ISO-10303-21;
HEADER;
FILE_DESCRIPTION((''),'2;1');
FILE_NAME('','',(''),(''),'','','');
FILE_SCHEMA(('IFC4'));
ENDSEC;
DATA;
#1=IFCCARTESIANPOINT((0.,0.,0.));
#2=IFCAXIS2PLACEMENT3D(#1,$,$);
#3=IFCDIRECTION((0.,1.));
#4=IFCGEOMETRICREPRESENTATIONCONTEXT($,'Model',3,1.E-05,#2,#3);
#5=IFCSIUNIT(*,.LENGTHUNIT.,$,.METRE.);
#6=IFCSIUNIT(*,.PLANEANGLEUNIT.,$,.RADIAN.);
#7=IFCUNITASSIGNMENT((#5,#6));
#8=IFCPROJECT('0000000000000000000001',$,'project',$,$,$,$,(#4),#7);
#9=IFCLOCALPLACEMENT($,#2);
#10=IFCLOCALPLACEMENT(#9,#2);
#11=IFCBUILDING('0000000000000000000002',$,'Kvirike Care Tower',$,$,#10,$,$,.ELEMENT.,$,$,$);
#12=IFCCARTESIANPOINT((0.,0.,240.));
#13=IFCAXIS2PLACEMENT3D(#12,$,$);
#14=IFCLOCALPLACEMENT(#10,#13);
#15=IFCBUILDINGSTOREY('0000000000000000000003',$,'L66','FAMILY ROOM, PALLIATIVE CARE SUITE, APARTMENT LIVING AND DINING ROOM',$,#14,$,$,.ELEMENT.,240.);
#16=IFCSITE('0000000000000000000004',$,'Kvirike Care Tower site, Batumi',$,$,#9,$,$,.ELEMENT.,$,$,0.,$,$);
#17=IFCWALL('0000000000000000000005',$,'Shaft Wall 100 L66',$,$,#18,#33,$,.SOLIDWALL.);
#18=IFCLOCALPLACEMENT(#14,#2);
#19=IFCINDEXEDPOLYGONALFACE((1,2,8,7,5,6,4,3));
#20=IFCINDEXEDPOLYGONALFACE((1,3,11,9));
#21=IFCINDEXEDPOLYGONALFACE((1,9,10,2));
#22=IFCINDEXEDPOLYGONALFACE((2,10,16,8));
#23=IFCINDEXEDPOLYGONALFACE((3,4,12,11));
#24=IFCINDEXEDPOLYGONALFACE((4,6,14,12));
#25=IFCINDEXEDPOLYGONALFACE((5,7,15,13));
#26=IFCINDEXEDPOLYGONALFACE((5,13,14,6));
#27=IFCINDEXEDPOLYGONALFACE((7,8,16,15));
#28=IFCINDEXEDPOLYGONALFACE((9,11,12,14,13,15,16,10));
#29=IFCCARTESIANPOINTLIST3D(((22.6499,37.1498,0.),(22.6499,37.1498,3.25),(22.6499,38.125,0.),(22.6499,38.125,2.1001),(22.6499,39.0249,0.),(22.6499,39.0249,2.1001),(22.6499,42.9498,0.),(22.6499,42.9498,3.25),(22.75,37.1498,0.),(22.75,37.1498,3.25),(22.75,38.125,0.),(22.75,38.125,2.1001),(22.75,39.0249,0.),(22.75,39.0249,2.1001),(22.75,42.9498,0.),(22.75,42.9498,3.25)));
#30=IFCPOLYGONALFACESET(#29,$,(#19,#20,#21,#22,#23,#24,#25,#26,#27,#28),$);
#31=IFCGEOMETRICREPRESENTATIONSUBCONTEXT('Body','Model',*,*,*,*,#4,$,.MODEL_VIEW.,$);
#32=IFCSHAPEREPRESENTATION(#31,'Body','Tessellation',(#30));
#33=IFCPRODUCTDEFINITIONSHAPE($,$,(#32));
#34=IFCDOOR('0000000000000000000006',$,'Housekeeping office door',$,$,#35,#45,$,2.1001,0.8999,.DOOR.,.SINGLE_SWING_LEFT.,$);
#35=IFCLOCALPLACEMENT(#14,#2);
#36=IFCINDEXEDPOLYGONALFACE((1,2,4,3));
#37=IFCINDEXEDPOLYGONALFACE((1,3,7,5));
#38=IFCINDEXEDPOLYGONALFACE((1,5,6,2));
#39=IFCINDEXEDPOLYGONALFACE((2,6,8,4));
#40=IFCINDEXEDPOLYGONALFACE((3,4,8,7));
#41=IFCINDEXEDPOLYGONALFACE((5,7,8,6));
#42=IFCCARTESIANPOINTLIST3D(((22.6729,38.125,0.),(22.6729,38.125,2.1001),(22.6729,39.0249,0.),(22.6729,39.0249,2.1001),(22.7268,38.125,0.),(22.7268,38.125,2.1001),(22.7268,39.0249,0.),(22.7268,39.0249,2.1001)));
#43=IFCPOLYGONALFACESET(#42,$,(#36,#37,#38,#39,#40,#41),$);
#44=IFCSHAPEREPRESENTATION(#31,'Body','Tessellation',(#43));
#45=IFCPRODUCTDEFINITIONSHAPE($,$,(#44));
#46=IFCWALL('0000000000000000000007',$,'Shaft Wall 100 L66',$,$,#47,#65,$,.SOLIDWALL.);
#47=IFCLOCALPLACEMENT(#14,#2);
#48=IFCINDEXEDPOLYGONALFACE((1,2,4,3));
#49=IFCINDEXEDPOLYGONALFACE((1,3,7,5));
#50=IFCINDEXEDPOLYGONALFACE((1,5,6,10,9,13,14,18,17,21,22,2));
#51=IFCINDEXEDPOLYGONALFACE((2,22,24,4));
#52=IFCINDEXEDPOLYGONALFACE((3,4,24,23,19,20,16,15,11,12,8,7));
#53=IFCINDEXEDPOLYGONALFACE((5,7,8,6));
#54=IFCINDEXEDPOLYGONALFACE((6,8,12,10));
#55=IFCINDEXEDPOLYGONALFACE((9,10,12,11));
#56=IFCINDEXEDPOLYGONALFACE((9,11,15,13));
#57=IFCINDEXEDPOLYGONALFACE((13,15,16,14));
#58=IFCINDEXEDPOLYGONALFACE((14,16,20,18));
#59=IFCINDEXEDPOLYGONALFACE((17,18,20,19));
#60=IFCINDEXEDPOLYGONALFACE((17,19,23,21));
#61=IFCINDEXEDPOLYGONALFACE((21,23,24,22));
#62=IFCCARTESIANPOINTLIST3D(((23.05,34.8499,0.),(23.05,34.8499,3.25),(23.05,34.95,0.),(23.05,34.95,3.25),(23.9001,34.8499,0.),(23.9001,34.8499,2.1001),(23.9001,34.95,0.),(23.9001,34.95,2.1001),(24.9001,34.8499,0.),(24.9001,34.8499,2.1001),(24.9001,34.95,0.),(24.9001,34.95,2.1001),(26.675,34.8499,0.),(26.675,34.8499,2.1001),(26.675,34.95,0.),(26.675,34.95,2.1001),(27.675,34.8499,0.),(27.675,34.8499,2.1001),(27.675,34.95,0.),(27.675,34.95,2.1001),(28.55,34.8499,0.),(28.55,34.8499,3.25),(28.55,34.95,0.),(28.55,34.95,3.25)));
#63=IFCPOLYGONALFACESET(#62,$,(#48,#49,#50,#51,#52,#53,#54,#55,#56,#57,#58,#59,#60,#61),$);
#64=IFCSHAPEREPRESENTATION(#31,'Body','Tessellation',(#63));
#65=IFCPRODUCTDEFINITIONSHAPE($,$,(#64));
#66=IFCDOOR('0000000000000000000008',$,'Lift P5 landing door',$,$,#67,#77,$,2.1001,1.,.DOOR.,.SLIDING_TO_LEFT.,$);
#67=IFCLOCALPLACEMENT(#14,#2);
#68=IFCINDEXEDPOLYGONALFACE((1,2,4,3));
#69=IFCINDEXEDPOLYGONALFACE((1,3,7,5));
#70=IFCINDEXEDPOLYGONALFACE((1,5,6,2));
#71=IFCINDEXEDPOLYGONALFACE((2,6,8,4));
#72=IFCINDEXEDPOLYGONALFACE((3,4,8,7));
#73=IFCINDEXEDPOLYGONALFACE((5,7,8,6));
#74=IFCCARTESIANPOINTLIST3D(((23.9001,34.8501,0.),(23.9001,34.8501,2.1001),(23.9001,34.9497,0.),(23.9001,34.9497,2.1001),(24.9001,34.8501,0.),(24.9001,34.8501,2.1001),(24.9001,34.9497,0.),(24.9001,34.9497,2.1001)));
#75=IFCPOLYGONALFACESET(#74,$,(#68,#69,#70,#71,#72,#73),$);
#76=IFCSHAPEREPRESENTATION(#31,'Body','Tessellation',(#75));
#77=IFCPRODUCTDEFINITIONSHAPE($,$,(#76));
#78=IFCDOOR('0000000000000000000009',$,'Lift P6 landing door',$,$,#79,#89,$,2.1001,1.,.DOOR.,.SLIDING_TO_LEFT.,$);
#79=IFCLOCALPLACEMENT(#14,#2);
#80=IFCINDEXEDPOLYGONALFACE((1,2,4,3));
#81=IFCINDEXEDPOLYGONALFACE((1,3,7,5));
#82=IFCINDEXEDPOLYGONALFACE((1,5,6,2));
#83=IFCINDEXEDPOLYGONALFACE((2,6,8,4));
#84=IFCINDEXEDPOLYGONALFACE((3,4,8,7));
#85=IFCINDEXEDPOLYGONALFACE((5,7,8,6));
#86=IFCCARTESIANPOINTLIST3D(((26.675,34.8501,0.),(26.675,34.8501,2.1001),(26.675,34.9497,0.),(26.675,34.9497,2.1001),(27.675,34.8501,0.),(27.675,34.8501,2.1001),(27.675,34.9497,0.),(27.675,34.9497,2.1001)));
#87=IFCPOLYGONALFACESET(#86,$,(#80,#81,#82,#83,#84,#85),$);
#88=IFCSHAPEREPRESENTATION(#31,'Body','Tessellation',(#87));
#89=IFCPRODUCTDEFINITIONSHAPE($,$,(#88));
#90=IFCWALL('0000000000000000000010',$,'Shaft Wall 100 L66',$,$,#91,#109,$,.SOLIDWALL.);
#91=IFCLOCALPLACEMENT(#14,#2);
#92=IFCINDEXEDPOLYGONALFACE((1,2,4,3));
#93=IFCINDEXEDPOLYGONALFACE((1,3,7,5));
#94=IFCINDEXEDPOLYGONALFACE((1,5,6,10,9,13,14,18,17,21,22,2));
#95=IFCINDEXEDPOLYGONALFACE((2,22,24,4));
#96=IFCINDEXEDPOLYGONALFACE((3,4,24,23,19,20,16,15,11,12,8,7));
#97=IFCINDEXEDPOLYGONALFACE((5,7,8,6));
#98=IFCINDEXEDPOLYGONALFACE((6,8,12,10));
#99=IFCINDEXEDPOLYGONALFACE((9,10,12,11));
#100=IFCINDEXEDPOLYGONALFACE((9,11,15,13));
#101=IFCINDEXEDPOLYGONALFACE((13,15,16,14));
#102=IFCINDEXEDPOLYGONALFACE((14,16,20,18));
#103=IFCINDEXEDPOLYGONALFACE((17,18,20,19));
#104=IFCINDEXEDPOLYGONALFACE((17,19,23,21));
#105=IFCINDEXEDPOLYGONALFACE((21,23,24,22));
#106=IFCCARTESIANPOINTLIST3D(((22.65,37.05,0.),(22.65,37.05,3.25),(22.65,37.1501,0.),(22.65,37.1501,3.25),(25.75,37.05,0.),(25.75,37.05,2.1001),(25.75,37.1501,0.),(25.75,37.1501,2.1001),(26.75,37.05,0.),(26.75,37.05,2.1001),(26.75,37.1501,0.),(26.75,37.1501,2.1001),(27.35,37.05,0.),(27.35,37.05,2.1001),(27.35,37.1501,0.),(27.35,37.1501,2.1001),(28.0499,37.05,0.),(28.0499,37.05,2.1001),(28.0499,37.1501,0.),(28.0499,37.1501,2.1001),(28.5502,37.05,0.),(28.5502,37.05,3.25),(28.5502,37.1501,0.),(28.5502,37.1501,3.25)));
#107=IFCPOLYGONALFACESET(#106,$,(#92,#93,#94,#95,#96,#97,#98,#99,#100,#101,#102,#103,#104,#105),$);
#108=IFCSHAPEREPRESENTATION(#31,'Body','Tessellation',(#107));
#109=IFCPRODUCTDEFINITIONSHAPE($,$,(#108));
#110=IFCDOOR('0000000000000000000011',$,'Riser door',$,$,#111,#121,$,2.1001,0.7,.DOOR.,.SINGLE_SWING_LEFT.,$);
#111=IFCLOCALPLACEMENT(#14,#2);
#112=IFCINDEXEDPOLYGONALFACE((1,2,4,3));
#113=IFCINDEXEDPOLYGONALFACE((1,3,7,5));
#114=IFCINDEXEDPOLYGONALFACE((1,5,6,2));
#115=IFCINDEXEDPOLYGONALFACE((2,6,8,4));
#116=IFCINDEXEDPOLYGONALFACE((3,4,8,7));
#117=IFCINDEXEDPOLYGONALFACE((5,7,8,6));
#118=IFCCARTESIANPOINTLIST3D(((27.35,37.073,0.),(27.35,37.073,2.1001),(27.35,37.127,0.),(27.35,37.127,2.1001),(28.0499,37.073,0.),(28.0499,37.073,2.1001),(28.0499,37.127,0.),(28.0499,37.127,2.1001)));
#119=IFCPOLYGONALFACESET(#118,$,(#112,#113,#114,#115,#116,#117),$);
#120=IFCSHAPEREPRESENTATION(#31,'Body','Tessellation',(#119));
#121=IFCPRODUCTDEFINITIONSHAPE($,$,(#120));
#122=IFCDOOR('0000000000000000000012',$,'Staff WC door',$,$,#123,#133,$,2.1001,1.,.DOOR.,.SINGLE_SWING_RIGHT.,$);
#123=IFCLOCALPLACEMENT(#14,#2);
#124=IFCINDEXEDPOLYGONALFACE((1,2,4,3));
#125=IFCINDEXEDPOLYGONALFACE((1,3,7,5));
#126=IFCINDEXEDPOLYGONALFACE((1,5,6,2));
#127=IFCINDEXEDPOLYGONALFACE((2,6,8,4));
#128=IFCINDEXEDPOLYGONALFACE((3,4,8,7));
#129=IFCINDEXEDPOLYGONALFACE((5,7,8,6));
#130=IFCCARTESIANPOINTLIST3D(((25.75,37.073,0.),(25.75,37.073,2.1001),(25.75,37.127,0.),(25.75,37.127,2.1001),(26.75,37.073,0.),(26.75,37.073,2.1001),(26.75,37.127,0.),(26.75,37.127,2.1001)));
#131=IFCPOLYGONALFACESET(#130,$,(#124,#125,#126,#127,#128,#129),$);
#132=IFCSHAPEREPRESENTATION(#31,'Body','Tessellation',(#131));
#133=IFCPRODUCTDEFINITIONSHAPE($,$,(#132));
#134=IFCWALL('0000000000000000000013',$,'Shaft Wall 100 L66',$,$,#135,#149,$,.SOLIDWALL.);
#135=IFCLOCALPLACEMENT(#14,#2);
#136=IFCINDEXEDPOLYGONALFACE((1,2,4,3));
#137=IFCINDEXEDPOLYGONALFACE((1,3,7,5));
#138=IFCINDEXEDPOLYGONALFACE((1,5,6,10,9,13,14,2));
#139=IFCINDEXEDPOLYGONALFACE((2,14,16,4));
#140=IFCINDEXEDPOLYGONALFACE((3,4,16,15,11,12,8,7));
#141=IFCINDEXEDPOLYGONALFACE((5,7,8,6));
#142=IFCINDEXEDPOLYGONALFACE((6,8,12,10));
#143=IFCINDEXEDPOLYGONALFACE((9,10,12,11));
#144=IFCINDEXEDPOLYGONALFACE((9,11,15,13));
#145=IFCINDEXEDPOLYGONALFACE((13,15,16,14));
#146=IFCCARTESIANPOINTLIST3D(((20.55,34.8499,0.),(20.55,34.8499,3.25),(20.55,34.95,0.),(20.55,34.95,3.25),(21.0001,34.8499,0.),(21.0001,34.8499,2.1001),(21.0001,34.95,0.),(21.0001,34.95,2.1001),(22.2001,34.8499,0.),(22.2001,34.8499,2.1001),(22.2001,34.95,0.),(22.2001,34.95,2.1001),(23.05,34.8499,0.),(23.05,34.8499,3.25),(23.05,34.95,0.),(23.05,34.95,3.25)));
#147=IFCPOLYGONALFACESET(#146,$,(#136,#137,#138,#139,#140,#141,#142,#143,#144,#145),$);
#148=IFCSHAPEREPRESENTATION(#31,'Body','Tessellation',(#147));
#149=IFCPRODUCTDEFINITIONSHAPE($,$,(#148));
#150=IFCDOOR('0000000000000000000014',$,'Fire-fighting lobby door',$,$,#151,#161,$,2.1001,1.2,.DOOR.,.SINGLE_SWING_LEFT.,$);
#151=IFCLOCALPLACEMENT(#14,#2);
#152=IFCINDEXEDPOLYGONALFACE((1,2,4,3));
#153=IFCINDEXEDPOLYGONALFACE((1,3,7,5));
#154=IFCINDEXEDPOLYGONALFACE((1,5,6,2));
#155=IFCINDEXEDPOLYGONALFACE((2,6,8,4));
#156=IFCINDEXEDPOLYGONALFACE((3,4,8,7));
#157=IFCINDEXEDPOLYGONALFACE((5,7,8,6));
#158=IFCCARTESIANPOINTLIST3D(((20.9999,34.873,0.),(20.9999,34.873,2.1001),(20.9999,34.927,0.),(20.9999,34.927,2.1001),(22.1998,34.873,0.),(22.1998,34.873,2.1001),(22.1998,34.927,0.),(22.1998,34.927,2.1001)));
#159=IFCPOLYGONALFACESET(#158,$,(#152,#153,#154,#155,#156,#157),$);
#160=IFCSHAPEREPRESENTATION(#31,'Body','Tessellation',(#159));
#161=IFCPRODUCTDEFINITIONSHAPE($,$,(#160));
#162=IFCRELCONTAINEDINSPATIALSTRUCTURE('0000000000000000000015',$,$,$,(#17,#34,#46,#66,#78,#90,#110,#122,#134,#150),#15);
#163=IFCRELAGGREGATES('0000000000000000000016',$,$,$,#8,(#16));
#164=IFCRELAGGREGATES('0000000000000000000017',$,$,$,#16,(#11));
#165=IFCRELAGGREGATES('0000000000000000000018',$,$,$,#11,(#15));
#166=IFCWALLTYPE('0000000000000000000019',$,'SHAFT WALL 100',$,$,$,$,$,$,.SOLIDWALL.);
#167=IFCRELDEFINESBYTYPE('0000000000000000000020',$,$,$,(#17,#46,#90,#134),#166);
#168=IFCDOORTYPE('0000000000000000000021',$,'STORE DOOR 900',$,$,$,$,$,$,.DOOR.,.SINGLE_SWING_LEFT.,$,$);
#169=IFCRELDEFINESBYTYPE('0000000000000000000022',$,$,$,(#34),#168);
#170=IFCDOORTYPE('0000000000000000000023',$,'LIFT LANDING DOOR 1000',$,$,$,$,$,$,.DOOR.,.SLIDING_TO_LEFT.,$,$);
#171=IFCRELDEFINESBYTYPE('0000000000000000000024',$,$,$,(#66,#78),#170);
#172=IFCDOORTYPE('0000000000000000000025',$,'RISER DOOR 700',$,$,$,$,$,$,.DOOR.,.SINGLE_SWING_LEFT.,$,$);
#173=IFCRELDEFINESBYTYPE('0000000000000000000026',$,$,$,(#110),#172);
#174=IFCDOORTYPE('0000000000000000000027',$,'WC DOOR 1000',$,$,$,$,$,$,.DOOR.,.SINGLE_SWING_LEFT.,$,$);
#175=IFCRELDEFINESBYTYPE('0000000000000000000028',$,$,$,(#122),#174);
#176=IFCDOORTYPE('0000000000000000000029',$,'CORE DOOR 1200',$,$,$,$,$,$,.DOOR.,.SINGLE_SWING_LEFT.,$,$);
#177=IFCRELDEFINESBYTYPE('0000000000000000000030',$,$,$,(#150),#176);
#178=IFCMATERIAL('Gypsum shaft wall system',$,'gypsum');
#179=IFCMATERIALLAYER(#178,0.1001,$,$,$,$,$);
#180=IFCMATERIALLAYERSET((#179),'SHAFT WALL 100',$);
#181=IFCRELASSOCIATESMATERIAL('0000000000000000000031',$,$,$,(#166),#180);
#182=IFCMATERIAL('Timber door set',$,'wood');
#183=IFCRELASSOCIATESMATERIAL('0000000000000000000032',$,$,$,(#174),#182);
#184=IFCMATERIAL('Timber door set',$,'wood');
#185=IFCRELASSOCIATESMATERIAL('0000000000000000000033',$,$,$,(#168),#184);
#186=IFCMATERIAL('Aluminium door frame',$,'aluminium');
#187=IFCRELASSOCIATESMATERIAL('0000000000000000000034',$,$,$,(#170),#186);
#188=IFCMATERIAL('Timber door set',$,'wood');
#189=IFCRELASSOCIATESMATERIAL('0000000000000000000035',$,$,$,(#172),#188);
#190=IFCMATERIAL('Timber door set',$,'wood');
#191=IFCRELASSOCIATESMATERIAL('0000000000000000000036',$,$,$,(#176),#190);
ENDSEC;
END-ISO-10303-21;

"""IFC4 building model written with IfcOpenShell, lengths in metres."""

from ifc_helpers import new_model, si_unit, direction, frame, frame_2d, origin, place, context, subcontext, project, spatial, rectangle, extrude, material, layer, layer_set, type_object, element, fill, save


model = new_model("IFC4")

# Units and contexts
model_context = context("Model", 3, precision=1e-05, world=origin(), true_north=direction((0.0, 1.0)))
body_context = subcontext(model_context, "Body", "Model", "MODEL_VIEW")
ifc_project = project(units=[si_unit("LENGTHUNIT", "METRE"), si_unit("PLANEANGLEUNIT", "RADIAN")], contexts=[model_context])

# Site, building, storey
site_placement = place(None, origin())
site = spatial("IfcSite", under=ifc_project, at=site_placement, Name="Kvirike Care Tower site, Batumi", CompositionType="ELEMENT", RefElevation=0.0)
building_placement = place(site_placement, origin())
building = spatial("IfcBuilding", under=site, at=building_placement, Name="Kvirike Care Tower", CompositionType="ELEMENT")
storey_placement = place(building_placement, frame((0.0, 0.0, 240.0)))
storey = spatial("IfcBuildingStorey", under=building, at=storey_placement, Name="L66", Description="FAMILY ROOM, PALLIATIVE CARE SUITE, APARTMENT LIVING AND DINING ROOM", CompositionType="ELEMENT", Elevation=240.0)

# Shared definitions
ifc_material_1 = material(Name="Gypsum shaft wall system", Category="gypsum")
ifc_layer_1 = layer(ifc_material_1, 0.1001)
ifc_layer_set_1 = layer_set([ifc_layer_1], Name="SHAFT WALL 100")
wall_type = type_object("IfcWallType", Name="SHAFT WALL 100", PredefinedType="SOLIDWALL", material=ifc_layer_set_1)

# Wall, opening, door
ifc_material_2 = material(Name="Timber door set", Category="wood")
door_type_1 = type_object("IfcDoorType", Name="WC DOOR 1000", OperationType="SINGLE_SWING_LEFT", PredefinedType="DOOR", material=ifc_material_2)
wall_1_placement = place(storey_placement, frame((22.7, 37.1499, 0.0), z_axis=(0.0, 0.0, 1.0), x_axis=(0.0, 1.0, 0.0)))
wall_1 = element("IfcWall", 1, at=wall_1_placement, inside=storey, type_object=wall_type, Name="Shaft Wall 100 L66", PredefinedType="SOLIDWALL", context=body_context, shape_type="SweptSolid", body=[
    extrude(rectangle(XDim=5.8, YDim=0.1001, at=frame_2d((2.8999, 0.0))), origin(), (0.0, 0.0, 1.0), 3.25),
])
opening_1_placement = place(wall_1_placement, frame((0.9751, 0.0, 0.0)))
opening_1 = element("IfcOpeningElement", 2, at=opening_1_placement, cuts=wall_1, PredefinedType="OPENING", context=body_context, shape_type="SweptSolid", body=[
    extrude(rectangle(XDim=0.8999, YDim=2.1001, at=frame_2d((0.45, 1.05))), frame((0.0, 0.0605, 0.0), z_axis=(0.0, -1.0, 0.0), x_axis=(1.0, 0.0, 0.0)), (0.0, 0.0, 1.0), 0.1211),
])
ifc_material_3 = material(Name="Timber door set", Category="wood")
door_type_2 = type_object("IfcDoorType", Name="STORE DOOR 900", OperationType="SINGLE_SWING_LEFT", PredefinedType="DOOR", material=ifc_material_3)
door_1_placement = place(opening_1_placement, frame((0.8999, 0.0, 0.0), z_axis=(0.0, 0.0, 1.0), x_axis=(-1.0, 0.0, 0.0)))
door_1 = element("IfcDoor", 3, at=door_1_placement, inside=storey, type_object=door_type_2, Name="Housekeeping office door", OperationType="SINGLE_SWING_LEFT", OverallHeight=2.1001, OverallWidth=0.8999, PredefinedType="DOOR", context=body_context, shape_type="SweptSolid", body=[
    extrude(rectangle(XDim=0.8999, YDim=2.1001, at=frame_2d((0.45, 1.05))), frame((0.0, 0.0269, 0.0), z_axis=(0.0, -1.0, 0.0), x_axis=(1.0, 0.0, 0.0)), (0.0, 0.0, 1.0), 0.054),
])
fill(opening_1, door_1)

# Walls, openings, doors
wall_2_placement = place(storey_placement, frame((23.05, 34.8999, 0.0), z_axis=(0.0, 0.0, 1.0), x_axis=(1.0, 0.0, 0.0)))
wall_2 = element("IfcWall", 4, at=wall_2_placement, inside=storey, type_object=wall_type, Name="Shaft Wall 100 L66", PredefinedType="SOLIDWALL", context=body_context, shape_type="SweptSolid", body=[
    extrude(rectangle(XDim=5.5, YDim=0.1001, at=frame_2d((2.75, 0.0))), origin(), (0.0, 0.0, 1.0), 3.25),
])
opening_2_placement = place(wall_2_placement, frame((0.8501, 0.0, 0.0)))
opening_2 = element("IfcOpeningElement", 5, at=opening_2_placement, cuts=wall_2, PredefinedType="OPENING", context=body_context, shape_type="SweptSolid", body=[
    extrude(rectangle(XDim=1.0, YDim=2.1001, at=frame_2d((0.5, 1.05))), frame((0.0, 0.0605, 0.0), z_axis=(0.0, -1.0, 0.0), x_axis=(1.0, 0.0, 0.0)), (0.0, 0.0, 1.0), 0.1211),
])
opening_3_placement = place(wall_2_placement, frame((3.625, 0.0, 0.0)))
opening_3 = element("IfcOpeningElement", 6, at=opening_3_placement, cuts=wall_2, PredefinedType="OPENING", context=body_context, shape_type="SweptSolid", body=[
    extrude(rectangle(XDim=1.0, YDim=2.1001, at=frame_2d((0.5, 1.05))), frame((0.0, 0.0605, 0.0), z_axis=(0.0, -1.0, 0.0), x_axis=(1.0, 0.0, 0.0)), (0.0, 0.0, 1.0), 0.1211),
])
ifc_material_4 = material(Name="Aluminium door frame", Category="aluminium")
door_type_3 = type_object("IfcDoorType", Name="LIFT LANDING DOOR 1000", OperationType="SLIDING_TO_LEFT", PredefinedType="DOOR", material=ifc_material_4)
door_2_placement = place(opening_2_placement, origin())
door_2 = element("IfcDoor", 7, at=door_2_placement, inside=storey, type_object=door_type_3, Name="Lift P5 landing door", OperationType="SLIDING_TO_LEFT", OverallHeight=2.1001, OverallWidth=1.0, PredefinedType="DOOR", context=body_context, shape_type="SweptSolid", body=[
    extrude(rectangle(XDim=1.0, YDim=2.1001, at=frame_2d((0.5, 1.05))), frame((0.0, 0.0498, 0.0), z_axis=(0.0, -1.0, 0.0), x_axis=(1.0, 0.0, 0.0)), (0.0, 0.0, 1.0), 0.0996),
])
fill(opening_2, door_2)
door_3_placement = place(opening_3_placement, origin())
door_3 = element("IfcDoor", 8, at=door_3_placement, inside=storey, type_object=door_type_3, Name="Lift P6 landing door", OperationType="SLIDING_TO_LEFT", OverallHeight=2.1001, OverallWidth=1.0, PredefinedType="DOOR", context=body_context, shape_type="SweptSolid", body=[
    extrude(rectangle(XDim=1.0, YDim=2.1001, at=frame_2d((0.5, 1.05))), frame((0.0, 0.0498, 0.0), z_axis=(0.0, -1.0, 0.0), x_axis=(1.0, 0.0, 0.0)), (0.0, 0.0, 1.0), 0.0996),
])
fill(opening_3, door_3)
wall_3_placement = place(storey_placement, frame((22.6499, 37.1001, 0.0), z_axis=(0.0, 0.0, 1.0), x_axis=(1.0, 0.0, 0.0)))
wall_3 = element("IfcWall", 9, at=wall_3_placement, inside=storey, type_object=wall_type, Name="Shaft Wall 100 L66", PredefinedType="SOLIDWALL", context=body_context, shape_type="SweptSolid", body=[
    extrude(rectangle(XDim=5.9001, YDim=0.1001, at=frame_2d((2.9502, 0.0))), origin(), (0.0, 0.0, 1.0), 3.25),
])
opening_4_placement = place(wall_3_placement, frame((3.1001, 0.0, 0.0)))
opening_4 = element("IfcOpeningElement", 10, at=opening_4_placement, cuts=wall_3, PredefinedType="OPENING", context=body_context, shape_type="SweptSolid", body=[
    extrude(rectangle(XDim=1.0, YDim=2.1001, at=frame_2d((0.5, 1.05))), frame((0.0, 0.0605, 0.0), z_axis=(0.0, -1.0, 0.0), x_axis=(1.0, 0.0, 0.0)), (0.0, 0.0, 1.0), 0.1211),
])
opening_5_placement = place(wall_3_placement, frame((4.7, 0.0, 0.0)))
opening_5 = element("IfcOpeningElement", 11, at=opening_5_placement, cuts=wall_3, PredefinedType="OPENING", context=body_context, shape_type="SweptSolid", body=[
    extrude(rectangle(XDim=0.7, YDim=2.1001, at=frame_2d((0.3501, 1.05))), frame((0.0, 0.0605, 0.0), z_axis=(0.0, -1.0, 0.0), x_axis=(1.0, 0.0, 0.0)), (0.0, 0.0, 1.0), 0.1211),
])
ifc_material_5 = material(Name="Timber door set", Category="wood")
door_type_4 = type_object("IfcDoorType", Name="RISER DOOR 700", OperationType="SINGLE_SWING_LEFT", PredefinedType="DOOR", material=ifc_material_5)
door_4_placement = place(opening_5_placement, origin())
door_4 = element("IfcDoor", 12, at=door_4_placement, inside=storey, type_object=door_type_4, Name="Riser door", OperationType="SINGLE_SWING_LEFT", OverallHeight=2.1001, OverallWidth=0.7, PredefinedType="DOOR", context=body_context, shape_type="SweptSolid", body=[
    extrude(rectangle(XDim=0.7, YDim=2.1001, at=frame_2d((0.3501, 1.05))), frame((0.0, 0.0269, 0.0), z_axis=(0.0, -1.0, 0.0), x_axis=(1.0, 0.0, 0.0)), (0.0, 0.0, 1.0), 0.054),
])
fill(opening_5, door_4)
door_5_placement = place(opening_4_placement, origin())
door_5 = element("IfcDoor", 13, at=door_5_placement, inside=storey, type_object=door_type_1, Name="Staff WC door", OperationType="SINGLE_SWING_RIGHT", OverallHeight=2.1001, OverallWidth=1.0, PredefinedType="DOOR", context=body_context, shape_type="SweptSolid", body=[
    extrude(rectangle(XDim=1.0, YDim=2.1001, at=frame_2d((0.5, 1.05))), frame((0.0, 0.0269, 0.0), z_axis=(0.0, -1.0, 0.0), x_axis=(1.0, 0.0, 0.0)), (0.0, 0.0, 1.0), 0.054),
])
fill(opening_4, door_5)

# Wall, opening, door
wall_4_placement = place(storey_placement, frame((20.55, 34.8999, 0.0), z_axis=(0.0, 0.0, 1.0), x_axis=(1.0, 0.0, 0.0)))
wall_4 = element("IfcWall", 14, at=wall_4_placement, inside=storey, type_object=wall_type, Name="Shaft Wall 100 L66", PredefinedType="SOLIDWALL", context=body_context, shape_type="SweptSolid", body=[
    extrude(rectangle(XDim=2.5, YDim=0.1001, at=frame_2d((1.25, 0.0))), origin(), (0.0, 0.0, 1.0), 3.25),
])
opening_6_placement = place(wall_4_placement, frame((0.45, 0.0, 0.0)))
opening_6 = element("IfcOpeningElement", 15, at=opening_6_placement, cuts=wall_4, PredefinedType="OPENING", context=body_context, shape_type="SweptSolid", body=[
    extrude(rectangle(XDim=1.2, YDim=2.1001, at=frame_2d((0.6001, 1.05))), frame((0.0, 0.0605, 0.0), z_axis=(0.0, -1.0, 0.0), x_axis=(1.0, 0.0, 0.0)), (0.0, 0.0, 1.0), 0.1211),
])
ifc_material_6 = material(Name="Timber door set", Category="wood")
door_type_5 = type_object("IfcDoorType", Name="CORE DOOR 1200", OperationType="SINGLE_SWING_LEFT", PredefinedType="DOOR", material=ifc_material_6)
door_6_placement = place(opening_6_placement, frame((1.2, 0.0, 0.0), z_axis=(0.0, 0.0, 1.0), x_axis=(-1.0, 0.0, 0.0)))
door_6 = element("IfcDoor", 16, at=door_6_placement, inside=storey, type_object=door_type_5, Name="Fire-fighting lobby door", OperationType="SINGLE_SWING_LEFT", OverallHeight=2.1001, OverallWidth=1.2, PredefinedType="DOOR", context=body_context, shape_type="SweptSolid", body=[
    extrude(rectangle(XDim=1.2, YDim=2.1001, at=frame_2d((0.6001, 1.05))), frame((0.0, 0.0269, 0.0), z_axis=(0.0, -1.0, 0.0), x_axis=(1.0, 0.0, 0.0)), (0.0, 0.0, 1.0), 0.054),
])
fill(opening_6, door_6)

save(model, "model.ifc")
